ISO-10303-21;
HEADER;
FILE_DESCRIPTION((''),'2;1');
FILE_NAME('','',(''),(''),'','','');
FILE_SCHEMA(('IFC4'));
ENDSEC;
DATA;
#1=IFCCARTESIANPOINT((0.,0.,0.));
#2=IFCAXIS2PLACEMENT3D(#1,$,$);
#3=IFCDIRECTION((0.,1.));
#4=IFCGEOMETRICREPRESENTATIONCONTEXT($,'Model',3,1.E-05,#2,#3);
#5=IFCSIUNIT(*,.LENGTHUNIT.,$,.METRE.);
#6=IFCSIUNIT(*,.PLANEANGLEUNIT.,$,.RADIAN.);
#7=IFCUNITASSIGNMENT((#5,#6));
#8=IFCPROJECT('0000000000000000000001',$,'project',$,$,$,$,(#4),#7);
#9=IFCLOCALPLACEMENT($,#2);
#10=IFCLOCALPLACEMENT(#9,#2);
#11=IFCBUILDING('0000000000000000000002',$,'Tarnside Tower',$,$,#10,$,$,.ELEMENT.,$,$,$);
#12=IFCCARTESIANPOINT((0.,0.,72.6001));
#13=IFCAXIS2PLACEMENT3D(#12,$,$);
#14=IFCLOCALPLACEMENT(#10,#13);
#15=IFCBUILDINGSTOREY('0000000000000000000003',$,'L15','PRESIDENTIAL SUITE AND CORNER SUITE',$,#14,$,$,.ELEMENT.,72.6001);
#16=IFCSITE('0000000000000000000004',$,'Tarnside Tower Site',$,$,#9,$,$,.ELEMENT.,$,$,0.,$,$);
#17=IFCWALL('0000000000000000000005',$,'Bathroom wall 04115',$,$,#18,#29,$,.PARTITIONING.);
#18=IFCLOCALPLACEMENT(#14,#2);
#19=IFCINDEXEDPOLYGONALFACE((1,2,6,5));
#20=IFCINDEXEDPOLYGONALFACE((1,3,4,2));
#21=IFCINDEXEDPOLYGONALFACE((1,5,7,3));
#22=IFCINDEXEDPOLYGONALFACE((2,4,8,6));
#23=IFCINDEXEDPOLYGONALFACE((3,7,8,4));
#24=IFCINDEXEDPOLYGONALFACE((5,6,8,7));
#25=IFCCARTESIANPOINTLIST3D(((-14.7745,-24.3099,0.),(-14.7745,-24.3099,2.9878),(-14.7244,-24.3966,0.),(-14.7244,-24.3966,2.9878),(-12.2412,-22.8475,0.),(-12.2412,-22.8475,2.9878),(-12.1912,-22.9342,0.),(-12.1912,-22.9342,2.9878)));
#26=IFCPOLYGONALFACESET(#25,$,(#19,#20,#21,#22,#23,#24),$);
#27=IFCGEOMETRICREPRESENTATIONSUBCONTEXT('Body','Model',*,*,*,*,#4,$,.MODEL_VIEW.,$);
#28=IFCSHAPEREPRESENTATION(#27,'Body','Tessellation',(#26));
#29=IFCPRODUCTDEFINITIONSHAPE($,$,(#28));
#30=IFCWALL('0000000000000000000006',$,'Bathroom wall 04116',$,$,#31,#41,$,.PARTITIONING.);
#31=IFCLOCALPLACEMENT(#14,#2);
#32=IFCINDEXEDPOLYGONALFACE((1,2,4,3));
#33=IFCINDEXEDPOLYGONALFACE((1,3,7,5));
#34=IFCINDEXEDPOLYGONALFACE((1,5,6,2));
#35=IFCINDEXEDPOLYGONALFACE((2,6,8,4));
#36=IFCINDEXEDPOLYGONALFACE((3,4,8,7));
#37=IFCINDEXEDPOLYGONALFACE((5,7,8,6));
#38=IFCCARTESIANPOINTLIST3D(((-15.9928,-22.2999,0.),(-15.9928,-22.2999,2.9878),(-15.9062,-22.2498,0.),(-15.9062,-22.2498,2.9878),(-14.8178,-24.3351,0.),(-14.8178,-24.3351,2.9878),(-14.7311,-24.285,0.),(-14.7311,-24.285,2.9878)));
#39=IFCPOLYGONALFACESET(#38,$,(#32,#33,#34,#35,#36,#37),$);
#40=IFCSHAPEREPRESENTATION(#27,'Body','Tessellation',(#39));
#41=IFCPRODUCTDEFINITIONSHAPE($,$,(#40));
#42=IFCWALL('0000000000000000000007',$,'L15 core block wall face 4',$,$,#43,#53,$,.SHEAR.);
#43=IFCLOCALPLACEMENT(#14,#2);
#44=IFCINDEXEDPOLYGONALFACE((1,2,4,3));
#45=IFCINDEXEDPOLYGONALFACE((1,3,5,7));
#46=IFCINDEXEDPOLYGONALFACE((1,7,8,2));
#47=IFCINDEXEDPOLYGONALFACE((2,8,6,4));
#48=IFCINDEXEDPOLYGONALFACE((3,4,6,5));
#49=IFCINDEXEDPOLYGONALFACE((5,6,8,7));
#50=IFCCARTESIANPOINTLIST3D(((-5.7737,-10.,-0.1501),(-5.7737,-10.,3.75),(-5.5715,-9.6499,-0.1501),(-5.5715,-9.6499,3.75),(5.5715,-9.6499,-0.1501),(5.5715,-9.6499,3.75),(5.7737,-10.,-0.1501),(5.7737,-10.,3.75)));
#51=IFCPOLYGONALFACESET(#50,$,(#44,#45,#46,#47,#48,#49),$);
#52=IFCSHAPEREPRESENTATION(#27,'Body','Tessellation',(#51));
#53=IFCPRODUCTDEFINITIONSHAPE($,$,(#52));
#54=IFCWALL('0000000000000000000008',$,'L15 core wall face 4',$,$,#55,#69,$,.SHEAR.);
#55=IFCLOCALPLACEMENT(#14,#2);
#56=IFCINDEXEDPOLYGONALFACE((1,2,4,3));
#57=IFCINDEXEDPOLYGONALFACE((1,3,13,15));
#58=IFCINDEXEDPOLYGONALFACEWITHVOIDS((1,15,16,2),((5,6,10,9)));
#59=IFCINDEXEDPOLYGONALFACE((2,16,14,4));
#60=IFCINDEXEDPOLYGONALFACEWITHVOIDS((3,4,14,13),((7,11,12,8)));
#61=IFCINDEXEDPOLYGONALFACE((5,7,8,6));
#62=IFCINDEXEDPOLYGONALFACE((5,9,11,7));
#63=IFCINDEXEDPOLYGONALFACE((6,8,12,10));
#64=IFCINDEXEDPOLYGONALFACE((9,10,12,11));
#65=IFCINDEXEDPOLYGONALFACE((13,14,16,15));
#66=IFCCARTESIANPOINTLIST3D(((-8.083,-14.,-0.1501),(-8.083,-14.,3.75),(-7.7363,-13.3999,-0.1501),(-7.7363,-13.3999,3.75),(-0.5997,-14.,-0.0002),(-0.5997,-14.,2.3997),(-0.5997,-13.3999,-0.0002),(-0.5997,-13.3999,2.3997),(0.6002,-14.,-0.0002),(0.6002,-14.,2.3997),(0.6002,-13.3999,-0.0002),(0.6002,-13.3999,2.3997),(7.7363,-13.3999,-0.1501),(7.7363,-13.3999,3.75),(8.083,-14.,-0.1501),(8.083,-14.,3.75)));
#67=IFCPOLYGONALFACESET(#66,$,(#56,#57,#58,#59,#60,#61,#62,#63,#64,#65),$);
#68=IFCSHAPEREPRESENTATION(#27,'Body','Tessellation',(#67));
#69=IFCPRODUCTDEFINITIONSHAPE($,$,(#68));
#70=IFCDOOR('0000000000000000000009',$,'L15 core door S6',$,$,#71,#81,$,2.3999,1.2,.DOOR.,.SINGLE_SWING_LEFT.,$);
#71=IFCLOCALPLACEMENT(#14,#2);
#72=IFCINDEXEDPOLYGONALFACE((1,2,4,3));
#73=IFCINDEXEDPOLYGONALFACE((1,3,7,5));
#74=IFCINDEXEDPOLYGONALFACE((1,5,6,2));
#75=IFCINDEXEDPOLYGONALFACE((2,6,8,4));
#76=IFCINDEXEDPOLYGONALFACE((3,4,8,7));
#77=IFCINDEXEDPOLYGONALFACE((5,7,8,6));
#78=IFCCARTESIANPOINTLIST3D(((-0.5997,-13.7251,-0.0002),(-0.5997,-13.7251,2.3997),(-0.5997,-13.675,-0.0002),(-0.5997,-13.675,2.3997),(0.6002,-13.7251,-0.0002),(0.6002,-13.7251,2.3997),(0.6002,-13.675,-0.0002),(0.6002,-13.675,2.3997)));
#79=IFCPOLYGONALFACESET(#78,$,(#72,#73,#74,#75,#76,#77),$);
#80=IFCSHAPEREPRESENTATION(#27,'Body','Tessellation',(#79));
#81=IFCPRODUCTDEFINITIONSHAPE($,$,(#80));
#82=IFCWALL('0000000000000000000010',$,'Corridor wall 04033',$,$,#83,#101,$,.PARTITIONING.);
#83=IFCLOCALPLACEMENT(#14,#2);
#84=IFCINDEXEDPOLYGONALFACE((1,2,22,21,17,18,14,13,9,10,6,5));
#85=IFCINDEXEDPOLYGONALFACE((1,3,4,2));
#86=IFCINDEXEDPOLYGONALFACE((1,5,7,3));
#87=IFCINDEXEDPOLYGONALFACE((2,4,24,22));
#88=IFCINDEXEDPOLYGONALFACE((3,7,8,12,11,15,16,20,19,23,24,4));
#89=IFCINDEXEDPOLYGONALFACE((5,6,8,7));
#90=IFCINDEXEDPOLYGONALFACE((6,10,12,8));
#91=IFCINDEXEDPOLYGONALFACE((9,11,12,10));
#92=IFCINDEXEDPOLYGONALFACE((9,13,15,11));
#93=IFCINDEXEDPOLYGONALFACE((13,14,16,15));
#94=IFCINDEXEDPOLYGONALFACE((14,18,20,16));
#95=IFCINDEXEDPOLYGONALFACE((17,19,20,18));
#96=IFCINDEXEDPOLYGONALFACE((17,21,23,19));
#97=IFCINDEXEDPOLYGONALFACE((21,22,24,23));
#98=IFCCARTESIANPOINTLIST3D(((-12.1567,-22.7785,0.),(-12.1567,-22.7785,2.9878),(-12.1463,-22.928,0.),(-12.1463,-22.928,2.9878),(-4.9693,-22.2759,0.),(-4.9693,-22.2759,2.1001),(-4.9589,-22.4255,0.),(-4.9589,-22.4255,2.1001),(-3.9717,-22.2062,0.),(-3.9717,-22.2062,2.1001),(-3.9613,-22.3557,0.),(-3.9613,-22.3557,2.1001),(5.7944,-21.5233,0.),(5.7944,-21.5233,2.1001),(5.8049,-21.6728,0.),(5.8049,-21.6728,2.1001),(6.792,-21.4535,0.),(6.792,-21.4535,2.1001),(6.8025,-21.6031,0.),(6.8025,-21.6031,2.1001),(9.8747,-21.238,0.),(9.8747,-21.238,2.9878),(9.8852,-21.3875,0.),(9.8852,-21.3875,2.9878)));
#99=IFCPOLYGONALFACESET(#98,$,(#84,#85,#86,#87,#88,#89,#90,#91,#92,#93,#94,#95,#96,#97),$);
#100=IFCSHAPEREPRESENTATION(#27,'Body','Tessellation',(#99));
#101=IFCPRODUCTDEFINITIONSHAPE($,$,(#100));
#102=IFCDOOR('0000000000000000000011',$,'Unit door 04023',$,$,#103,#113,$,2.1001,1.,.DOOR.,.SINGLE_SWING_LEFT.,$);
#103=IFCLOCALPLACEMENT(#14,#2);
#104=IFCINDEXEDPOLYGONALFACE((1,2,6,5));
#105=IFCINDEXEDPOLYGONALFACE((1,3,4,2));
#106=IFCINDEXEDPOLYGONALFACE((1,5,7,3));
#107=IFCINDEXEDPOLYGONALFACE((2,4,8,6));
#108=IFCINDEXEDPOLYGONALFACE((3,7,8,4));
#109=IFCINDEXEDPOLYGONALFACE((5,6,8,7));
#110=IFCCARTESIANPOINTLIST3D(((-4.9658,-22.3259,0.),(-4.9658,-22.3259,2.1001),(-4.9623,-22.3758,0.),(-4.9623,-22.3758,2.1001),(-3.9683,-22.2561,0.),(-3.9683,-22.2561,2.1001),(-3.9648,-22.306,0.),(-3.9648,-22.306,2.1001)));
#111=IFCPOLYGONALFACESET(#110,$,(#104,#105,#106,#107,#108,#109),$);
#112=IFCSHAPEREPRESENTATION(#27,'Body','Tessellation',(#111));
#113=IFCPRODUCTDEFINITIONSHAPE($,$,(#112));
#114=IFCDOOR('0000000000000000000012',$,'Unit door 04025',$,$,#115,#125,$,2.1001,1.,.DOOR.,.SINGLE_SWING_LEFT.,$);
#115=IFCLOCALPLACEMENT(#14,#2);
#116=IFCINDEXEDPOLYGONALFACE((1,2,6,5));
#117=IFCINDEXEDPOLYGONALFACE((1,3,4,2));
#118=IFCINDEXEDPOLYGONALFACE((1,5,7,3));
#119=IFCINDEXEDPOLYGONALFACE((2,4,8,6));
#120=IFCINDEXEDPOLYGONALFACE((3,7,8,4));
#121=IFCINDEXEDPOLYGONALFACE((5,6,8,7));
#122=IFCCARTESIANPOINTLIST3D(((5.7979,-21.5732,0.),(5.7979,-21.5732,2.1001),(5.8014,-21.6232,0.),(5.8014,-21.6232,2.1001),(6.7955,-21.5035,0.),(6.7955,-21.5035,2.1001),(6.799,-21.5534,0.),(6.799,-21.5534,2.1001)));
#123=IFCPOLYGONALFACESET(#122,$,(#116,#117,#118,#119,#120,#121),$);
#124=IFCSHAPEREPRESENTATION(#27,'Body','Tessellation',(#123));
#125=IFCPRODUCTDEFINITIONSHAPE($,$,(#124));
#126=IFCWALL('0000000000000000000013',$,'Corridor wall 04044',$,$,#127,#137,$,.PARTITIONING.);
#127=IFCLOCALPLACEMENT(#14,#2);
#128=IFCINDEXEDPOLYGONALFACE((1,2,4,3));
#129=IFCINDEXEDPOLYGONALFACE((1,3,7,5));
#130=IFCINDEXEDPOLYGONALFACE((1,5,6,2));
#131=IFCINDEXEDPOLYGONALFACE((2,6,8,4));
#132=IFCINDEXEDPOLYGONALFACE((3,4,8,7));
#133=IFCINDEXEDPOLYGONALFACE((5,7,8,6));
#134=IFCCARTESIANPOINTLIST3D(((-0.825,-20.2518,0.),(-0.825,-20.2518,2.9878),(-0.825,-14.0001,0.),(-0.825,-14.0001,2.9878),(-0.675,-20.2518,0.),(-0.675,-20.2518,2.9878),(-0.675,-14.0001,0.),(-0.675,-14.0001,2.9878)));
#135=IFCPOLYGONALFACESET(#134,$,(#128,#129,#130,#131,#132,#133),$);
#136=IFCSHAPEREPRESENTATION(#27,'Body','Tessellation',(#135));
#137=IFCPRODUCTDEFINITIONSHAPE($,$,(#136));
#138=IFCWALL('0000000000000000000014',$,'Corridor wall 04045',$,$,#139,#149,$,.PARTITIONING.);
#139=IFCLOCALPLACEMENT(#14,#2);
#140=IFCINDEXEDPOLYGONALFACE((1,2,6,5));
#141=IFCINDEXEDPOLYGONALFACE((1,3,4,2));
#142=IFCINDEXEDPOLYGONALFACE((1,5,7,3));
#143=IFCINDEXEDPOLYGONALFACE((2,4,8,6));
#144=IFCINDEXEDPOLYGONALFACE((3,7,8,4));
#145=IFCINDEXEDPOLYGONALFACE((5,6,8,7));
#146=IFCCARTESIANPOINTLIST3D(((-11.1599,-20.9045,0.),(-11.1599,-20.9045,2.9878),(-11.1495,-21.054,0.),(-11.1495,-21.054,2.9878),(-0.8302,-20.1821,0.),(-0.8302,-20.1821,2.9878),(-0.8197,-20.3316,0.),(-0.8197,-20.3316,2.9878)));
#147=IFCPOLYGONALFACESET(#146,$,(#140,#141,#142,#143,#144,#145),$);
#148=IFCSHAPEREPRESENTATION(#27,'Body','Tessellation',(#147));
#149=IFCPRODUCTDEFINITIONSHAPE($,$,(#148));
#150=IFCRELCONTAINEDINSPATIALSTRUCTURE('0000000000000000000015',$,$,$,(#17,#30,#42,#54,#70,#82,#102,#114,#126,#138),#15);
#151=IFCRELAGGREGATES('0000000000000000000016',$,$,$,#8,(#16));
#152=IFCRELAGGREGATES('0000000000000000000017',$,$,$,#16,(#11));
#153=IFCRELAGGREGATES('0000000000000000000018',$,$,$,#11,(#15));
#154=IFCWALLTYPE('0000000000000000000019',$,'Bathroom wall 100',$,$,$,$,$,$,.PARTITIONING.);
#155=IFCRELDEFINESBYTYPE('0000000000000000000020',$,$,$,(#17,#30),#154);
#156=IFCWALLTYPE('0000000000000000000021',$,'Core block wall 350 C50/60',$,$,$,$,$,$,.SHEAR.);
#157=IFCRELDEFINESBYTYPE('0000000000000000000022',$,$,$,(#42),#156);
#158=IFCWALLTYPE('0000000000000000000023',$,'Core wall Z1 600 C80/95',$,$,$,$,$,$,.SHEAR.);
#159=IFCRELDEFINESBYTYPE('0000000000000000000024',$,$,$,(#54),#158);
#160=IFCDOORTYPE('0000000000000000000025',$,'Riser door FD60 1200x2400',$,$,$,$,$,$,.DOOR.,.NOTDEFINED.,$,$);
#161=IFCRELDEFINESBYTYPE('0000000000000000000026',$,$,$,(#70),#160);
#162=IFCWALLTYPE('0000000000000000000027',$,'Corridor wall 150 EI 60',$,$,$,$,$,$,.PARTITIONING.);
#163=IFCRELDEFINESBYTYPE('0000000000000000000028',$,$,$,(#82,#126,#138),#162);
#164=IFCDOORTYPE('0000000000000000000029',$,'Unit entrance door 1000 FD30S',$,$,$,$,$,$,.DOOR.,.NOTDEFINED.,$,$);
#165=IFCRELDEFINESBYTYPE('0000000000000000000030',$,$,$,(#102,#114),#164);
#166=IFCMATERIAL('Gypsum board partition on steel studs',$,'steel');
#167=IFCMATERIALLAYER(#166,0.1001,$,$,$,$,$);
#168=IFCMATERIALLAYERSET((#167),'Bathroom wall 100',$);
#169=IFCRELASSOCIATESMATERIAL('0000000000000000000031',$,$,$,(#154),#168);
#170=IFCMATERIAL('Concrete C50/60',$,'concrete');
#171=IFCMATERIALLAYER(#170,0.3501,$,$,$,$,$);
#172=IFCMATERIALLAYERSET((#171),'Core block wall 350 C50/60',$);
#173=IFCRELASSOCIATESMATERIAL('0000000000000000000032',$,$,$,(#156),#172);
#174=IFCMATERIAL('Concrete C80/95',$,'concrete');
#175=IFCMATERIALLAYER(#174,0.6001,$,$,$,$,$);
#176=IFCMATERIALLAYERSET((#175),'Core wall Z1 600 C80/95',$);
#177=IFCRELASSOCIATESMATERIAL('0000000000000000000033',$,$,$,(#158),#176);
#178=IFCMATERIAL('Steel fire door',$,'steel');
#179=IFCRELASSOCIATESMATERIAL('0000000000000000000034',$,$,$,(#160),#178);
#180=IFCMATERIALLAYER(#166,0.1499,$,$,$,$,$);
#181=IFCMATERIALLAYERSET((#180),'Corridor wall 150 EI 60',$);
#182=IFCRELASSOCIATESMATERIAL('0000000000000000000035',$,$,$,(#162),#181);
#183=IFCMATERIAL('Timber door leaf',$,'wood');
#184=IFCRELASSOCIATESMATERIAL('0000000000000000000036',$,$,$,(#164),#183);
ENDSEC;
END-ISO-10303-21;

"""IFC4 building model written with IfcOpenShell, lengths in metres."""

from ifc_helpers import new_model, si_unit, direction, frame, frame_2d, origin, place, context, subcontext, project, spatial, polyline, rectangle, outline, extrude, material, layer, layer_set, type_object, element, fill, save


model = new_model("IFC4")

# Units and contexts
model_context = context("Model", 3, precision=1e-05, world=origin(), true_north=direction((0.0, 1.0)))
body_context = subcontext(model_context, "Body", "Model", "MODEL_VIEW")
ifc_project = project(units=[si_unit("LENGTHUNIT", "METRE"), si_unit("PLANEANGLEUNIT", "RADIAN")], contexts=[model_context])

# Site, building, storey
site_placement = place(None, origin())
site = spatial("IfcSite", under=ifc_project, at=site_placement, Name="Tarnside Tower Site", CompositionType="ELEMENT", RefElevation=0.0)
building_placement = place(site_placement, origin())
building = spatial("IfcBuilding", under=site, at=building_placement, Name="Tarnside Tower", CompositionType="ELEMENT")
storey_placement = place(building_placement, frame((0.0, 0.0, 72.6001)))
storey = spatial("IfcBuildingStorey", under=building, at=storey_placement, Name="L15", Description="PRESIDENTIAL SUITE AND CORNER SUITE", CompositionType="ELEMENT", Elevation=72.6001)

# Walls
ifc_material_1 = material(Name="Gypsum board partition on steel studs", Category="steel")
ifc_layer_1 = layer(ifc_material_1, 0.1001)
ifc_layer_set_1 = layer_set([ifc_layer_1], Name="Bathroom wall 100")
wall_type_1 = type_object("IfcWallType", Name="Bathroom wall 100", PredefinedType="PARTITIONING", material=ifc_layer_set_1)
wall_1_placement = place(storey_placement, frame((-12.2163, -22.8909, 0.0), z_axis=(0.0, 0.0, 1.0), x_axis=(-0.866047, -0.499963, 0.0)))
element("IfcWall", 1, at=wall_1_placement, inside=storey, type_object=wall_type_1, Name="Bathroom wall 04115", PredefinedType="PARTITIONING", context=body_context, shape_type="SweptSolid", body=[
    extrude(rectangle(XDim=2.925, YDim=0.1001, at=frame_2d((1.4624, 0.0))), origin(), (0.0, 0.0, 1.0), 2.9878),
])
wall_2_placement = place(storey_placement, frame((-14.7744, -24.3101, 0.0), z_axis=(0.0, 0.0, 1.0), x_axis=(-0.500016, 0.866016, 0.0)))
element("IfcWall", 2, at=wall_2_placement, inside=storey, type_object=wall_type_1, Name="Bathroom wall 04116", PredefinedType="PARTITIONING", context=body_context, shape_type="SweptSolid", body=[
    extrude(rectangle(XDim=2.3501, YDim=0.1001, at=frame_2d((1.175, 0.0))), origin(), (0.0, 0.0, 1.0), 2.9878),
])
ifc_material_2 = material(Name="Concrete C50/60", Category="concrete")
ifc_layer_2 = layer(ifc_material_2, 0.3501)
ifc_layer_set_2 = layer_set([ifc_layer_2], Name="Core block wall 350 C50/60")
wall_type_2 = type_object("IfcWallType", Name="Core block wall 350 C50/60", PredefinedType="SHEAR", material=ifc_layer_set_2)
wall_3_placement = place(storey_placement, frame((-5.6726, -9.825, -0.1501), z_axis=(0.0, 0.0, 1.0), x_axis=(1.0, 0.0, 0.0)))
element("IfcWall", 3, at=wall_3_placement, inside=storey, type_object=wall_type_2, Name="L15 core block wall face 4", PredefinedType="SHEAR", context=body_context, shape_type="SweptSolid", body=[
    extrude(outline(polyline([(-0.1011, -0.175), (11.4463, -0.175), (11.2441, 0.175), (0.1011, 0.175), (-0.1011, -0.175)])), origin(), (0.0, 0.0, 1.0), 3.9001),
])

# Wall, opening, door
ifc_material_3 = material(Name="Concrete C80/95", Category="concrete")
ifc_layer_3 = layer(ifc_material_3, 0.6001)
ifc_layer_set_3 = layer_set([ifc_layer_3], Name="Core wall Z1 600 C80/95")
wall_type_3 = type_object("IfcWallType", Name="Core wall Z1 600 C80/95", PredefinedType="SHEAR", material=ifc_layer_set_3)
wall_4_placement = place(storey_placement, frame((-7.9097, -13.7, -0.1501), z_axis=(0.0, 0.0, 1.0), x_axis=(1.0, 0.0, 0.0)))
wall_4 = element("IfcWall", 4, at=wall_4_placement, inside=storey, type_object=wall_type_3, Name="L15 core wall face 4", PredefinedType="SHEAR", context=body_context, shape_type="SweptSolid", body=[
    extrude(outline(polyline([(-0.1733, -0.3), (15.9927, -0.3), (15.646, 0.3), (0.1733, 0.3), (-0.1733, -0.3)])), origin(), (0.0, 0.0, 1.0), 3.9001),
])
opening_1_placement = place(wall_4_placement, frame((7.3098, 0.0, 0.1499)))
opening_1 = element("IfcOpeningElement", 5, at=opening_1_placement, cuts=wall_4, PredefinedType="OPENING", context=body_context, shape_type="SweptSolid", body=[
    extrude(rectangle(XDim=1.2, YDim=2.3999, at=frame_2d((0.6001, 1.2))), frame((0.0, 0.3101, 0.0), z_axis=(0.0, -1.0, 0.0), x_axis=(1.0, 0.0, 0.0)), (0.0, 0.0, 1.0), 0.6201),
])
ifc_material_4 = material(Name="Steel fire door", Category="steel")
door_type_1 = type_object("IfcDoorType", Name="Riser door FD60 1200x2400", OperationType="NOTDEFINED", PredefinedType="DOOR", material=ifc_material_4)
door_1_placement = place(opening_1_placement, origin())
door_1 = element("IfcDoor", 6, at=door_1_placement, inside=storey, type_object=door_type_1, Name="L15 core door S6", OperationType="SINGLE_SWING_LEFT", OverallHeight=2.3999, OverallWidth=1.2, PredefinedType="DOOR", context=body_context, shape_type="SweptSolid", body=[
    extrude(rectangle(XDim=1.2, YDim=2.3999, at=frame_2d((0.6001, 1.2))), frame((0.0, 0.0249, 0.0), z_axis=(0.0, -1.0, 0.0), x_axis=(1.0, 0.0, 0.0)), (0.0, 0.0, 1.0), 0.05),
])
fill(opening_1, door_1)

# Wall, openings, doors
ifc_layer_4 = layer(ifc_material_1, 0.1499)
ifc_layer_set_4 = layer_set([ifc_layer_4], Name="Corridor wall 150 EI 60")
wall_type_4 = type_object("IfcWallType", Name="Corridor wall 150 EI 60", PredefinedType="PARTITIONING", material=ifc_layer_set_4)
wall_5_placement = place(storey_placement, frame((-12.1514, -22.8533, 0.0), z_axis=(0.0, 0.0, 1.0), x_axis=(0.997564, 0.069754, 0.0)))
wall_5 = element("IfcWall", 7, at=wall_5_placement, inside=storey, type_object=wall_type_4, Name="Corridor wall 04033", PredefinedType="PARTITIONING", context=body_context, shape_type="SweptSolid", body=[
    extrude(rectangle(XDim=22.0852, YDim=0.1499, at=frame_2d((11.0425, 0.0))), origin(), (0.0, 0.0, 1.0), 2.9878),
])
opening_2_placement = place(wall_5_placement, frame((7.2048, 0.0, 0.0)))
opening_2 = element("IfcOpeningElement", 8, at=opening_2_placement, cuts=wall_5, PredefinedType="OPENING", context=body_context, shape_type="SweptSolid", body=[
    extrude(rectangle(XDim=1.0, YDim=2.1001, at=frame_2d((0.5, 1.05))), frame((0.0, 0.085, 0.0), z_axis=(0.0, -1.0, 0.0), x_axis=(1.0, 0.0, 0.0)), (0.0, 0.0, 1.0), 0.1699),
])
opening_3_placement = place(wall_5_placement, frame((17.9949, 0.0, 0.0)))
opening_3 = element("IfcOpeningElement", 9, at=opening_3_placement, cuts=wall_5, PredefinedType="OPENING", context=body_context, shape_type="SweptSolid", body=[
    extrude(rectangle(XDim=1.0, YDim=2.1001, at=frame_2d((0.5, 1.05))), frame((0.0, 0.085, 0.0), z_axis=(0.0, -1.0, 0.0), x_axis=(1.0, 0.0, 0.0)), (0.0, 0.0, 1.0), 0.1699),
])
ifc_material_5 = material(Name="Timber door leaf", Category="wood")
door_type_2 = type_object("IfcDoorType", Name="Unit entrance door 1000 FD30S", OperationType="NOTDEFINED", PredefinedType="DOOR", material=ifc_material_5)
door_2_placement = place(opening_2_placement, origin())
door_2 = element("IfcDoor", 10, at=door_2_placement, inside=storey, type_object=door_type_2, Name="Unit door 04023", OperationType="SINGLE_SWING_LEFT", OverallHeight=2.1001, OverallWidth=1.0, PredefinedType="DOOR", context=body_context, shape_type="SweptSolid", body=[
    extrude(rectangle(XDim=1.0, YDim=2.1001, at=frame_2d((0.5, 1.05))), frame((0.0, 0.0249, 0.0), z_axis=(0.0, -1.0, 0.0), x_axis=(1.0, 0.0, 0.0)), (0.0, 0.0, 1.0), 0.05),
])
fill(opening_2, door_2)
door_3_placement = place(opening_3_placement, origin())
door_3 = element("IfcDoor", 11, at=door_3_placement, inside=storey, type_object=door_type_2, Name="Unit door 04025", OperationType="SINGLE_SWING_LEFT", OverallHeight=2.1001, OverallWidth=1.0, PredefinedType="DOOR", context=body_context, shape_type="SweptSolid", body=[
    extrude(rectangle(XDim=1.0, YDim=2.1001, at=frame_2d((0.5, 1.05))), frame((0.0, 0.0249, 0.0), z_axis=(0.0, -1.0, 0.0), x_axis=(1.0, 0.0, 0.0)), (0.0, 0.0, 1.0), 0.05),
])
fill(opening_3, door_3)

# Walls
wall_6_placement = place(storey_placement, frame((-0.75, -14.0, 0.0), z_axis=(0.0, 0.0, 1.0), x_axis=(0.0, -1.0, 0.0)))
element("IfcWall", 12, at=wall_6_placement, inside=storey, type_object=wall_type_4, Name="Corridor wall 04044", PredefinedType="PARTITIONING", context=body_context, shape_type="SweptSolid", body=[
    extrude(rectangle(XDim=6.2517, YDim=0.1499, at=frame_2d((3.126, 0.0))), origin(), (0.0, 0.0, 1.0), 2.9878),
])
wall_7_placement = place(storey_placement, frame((-0.825, -20.2568, 0.0), z_axis=(0.0, 0.0, 1.0), x_axis=(-0.997564, -0.069764, 0.0)))
element("IfcWall", 13, at=wall_7_placement, inside=storey, type_object=wall_type_4, Name="Corridor wall 04045", PredefinedType="PARTITIONING", context=body_context, shape_type="SweptSolid", body=[
    extrude(rectangle(XDim=10.355, YDim=0.1499, at=frame_2d((5.1775, 0.0))), origin(), (0.0, 0.0, 1.0), 2.9878),
])

save(model, "model.ifc")
